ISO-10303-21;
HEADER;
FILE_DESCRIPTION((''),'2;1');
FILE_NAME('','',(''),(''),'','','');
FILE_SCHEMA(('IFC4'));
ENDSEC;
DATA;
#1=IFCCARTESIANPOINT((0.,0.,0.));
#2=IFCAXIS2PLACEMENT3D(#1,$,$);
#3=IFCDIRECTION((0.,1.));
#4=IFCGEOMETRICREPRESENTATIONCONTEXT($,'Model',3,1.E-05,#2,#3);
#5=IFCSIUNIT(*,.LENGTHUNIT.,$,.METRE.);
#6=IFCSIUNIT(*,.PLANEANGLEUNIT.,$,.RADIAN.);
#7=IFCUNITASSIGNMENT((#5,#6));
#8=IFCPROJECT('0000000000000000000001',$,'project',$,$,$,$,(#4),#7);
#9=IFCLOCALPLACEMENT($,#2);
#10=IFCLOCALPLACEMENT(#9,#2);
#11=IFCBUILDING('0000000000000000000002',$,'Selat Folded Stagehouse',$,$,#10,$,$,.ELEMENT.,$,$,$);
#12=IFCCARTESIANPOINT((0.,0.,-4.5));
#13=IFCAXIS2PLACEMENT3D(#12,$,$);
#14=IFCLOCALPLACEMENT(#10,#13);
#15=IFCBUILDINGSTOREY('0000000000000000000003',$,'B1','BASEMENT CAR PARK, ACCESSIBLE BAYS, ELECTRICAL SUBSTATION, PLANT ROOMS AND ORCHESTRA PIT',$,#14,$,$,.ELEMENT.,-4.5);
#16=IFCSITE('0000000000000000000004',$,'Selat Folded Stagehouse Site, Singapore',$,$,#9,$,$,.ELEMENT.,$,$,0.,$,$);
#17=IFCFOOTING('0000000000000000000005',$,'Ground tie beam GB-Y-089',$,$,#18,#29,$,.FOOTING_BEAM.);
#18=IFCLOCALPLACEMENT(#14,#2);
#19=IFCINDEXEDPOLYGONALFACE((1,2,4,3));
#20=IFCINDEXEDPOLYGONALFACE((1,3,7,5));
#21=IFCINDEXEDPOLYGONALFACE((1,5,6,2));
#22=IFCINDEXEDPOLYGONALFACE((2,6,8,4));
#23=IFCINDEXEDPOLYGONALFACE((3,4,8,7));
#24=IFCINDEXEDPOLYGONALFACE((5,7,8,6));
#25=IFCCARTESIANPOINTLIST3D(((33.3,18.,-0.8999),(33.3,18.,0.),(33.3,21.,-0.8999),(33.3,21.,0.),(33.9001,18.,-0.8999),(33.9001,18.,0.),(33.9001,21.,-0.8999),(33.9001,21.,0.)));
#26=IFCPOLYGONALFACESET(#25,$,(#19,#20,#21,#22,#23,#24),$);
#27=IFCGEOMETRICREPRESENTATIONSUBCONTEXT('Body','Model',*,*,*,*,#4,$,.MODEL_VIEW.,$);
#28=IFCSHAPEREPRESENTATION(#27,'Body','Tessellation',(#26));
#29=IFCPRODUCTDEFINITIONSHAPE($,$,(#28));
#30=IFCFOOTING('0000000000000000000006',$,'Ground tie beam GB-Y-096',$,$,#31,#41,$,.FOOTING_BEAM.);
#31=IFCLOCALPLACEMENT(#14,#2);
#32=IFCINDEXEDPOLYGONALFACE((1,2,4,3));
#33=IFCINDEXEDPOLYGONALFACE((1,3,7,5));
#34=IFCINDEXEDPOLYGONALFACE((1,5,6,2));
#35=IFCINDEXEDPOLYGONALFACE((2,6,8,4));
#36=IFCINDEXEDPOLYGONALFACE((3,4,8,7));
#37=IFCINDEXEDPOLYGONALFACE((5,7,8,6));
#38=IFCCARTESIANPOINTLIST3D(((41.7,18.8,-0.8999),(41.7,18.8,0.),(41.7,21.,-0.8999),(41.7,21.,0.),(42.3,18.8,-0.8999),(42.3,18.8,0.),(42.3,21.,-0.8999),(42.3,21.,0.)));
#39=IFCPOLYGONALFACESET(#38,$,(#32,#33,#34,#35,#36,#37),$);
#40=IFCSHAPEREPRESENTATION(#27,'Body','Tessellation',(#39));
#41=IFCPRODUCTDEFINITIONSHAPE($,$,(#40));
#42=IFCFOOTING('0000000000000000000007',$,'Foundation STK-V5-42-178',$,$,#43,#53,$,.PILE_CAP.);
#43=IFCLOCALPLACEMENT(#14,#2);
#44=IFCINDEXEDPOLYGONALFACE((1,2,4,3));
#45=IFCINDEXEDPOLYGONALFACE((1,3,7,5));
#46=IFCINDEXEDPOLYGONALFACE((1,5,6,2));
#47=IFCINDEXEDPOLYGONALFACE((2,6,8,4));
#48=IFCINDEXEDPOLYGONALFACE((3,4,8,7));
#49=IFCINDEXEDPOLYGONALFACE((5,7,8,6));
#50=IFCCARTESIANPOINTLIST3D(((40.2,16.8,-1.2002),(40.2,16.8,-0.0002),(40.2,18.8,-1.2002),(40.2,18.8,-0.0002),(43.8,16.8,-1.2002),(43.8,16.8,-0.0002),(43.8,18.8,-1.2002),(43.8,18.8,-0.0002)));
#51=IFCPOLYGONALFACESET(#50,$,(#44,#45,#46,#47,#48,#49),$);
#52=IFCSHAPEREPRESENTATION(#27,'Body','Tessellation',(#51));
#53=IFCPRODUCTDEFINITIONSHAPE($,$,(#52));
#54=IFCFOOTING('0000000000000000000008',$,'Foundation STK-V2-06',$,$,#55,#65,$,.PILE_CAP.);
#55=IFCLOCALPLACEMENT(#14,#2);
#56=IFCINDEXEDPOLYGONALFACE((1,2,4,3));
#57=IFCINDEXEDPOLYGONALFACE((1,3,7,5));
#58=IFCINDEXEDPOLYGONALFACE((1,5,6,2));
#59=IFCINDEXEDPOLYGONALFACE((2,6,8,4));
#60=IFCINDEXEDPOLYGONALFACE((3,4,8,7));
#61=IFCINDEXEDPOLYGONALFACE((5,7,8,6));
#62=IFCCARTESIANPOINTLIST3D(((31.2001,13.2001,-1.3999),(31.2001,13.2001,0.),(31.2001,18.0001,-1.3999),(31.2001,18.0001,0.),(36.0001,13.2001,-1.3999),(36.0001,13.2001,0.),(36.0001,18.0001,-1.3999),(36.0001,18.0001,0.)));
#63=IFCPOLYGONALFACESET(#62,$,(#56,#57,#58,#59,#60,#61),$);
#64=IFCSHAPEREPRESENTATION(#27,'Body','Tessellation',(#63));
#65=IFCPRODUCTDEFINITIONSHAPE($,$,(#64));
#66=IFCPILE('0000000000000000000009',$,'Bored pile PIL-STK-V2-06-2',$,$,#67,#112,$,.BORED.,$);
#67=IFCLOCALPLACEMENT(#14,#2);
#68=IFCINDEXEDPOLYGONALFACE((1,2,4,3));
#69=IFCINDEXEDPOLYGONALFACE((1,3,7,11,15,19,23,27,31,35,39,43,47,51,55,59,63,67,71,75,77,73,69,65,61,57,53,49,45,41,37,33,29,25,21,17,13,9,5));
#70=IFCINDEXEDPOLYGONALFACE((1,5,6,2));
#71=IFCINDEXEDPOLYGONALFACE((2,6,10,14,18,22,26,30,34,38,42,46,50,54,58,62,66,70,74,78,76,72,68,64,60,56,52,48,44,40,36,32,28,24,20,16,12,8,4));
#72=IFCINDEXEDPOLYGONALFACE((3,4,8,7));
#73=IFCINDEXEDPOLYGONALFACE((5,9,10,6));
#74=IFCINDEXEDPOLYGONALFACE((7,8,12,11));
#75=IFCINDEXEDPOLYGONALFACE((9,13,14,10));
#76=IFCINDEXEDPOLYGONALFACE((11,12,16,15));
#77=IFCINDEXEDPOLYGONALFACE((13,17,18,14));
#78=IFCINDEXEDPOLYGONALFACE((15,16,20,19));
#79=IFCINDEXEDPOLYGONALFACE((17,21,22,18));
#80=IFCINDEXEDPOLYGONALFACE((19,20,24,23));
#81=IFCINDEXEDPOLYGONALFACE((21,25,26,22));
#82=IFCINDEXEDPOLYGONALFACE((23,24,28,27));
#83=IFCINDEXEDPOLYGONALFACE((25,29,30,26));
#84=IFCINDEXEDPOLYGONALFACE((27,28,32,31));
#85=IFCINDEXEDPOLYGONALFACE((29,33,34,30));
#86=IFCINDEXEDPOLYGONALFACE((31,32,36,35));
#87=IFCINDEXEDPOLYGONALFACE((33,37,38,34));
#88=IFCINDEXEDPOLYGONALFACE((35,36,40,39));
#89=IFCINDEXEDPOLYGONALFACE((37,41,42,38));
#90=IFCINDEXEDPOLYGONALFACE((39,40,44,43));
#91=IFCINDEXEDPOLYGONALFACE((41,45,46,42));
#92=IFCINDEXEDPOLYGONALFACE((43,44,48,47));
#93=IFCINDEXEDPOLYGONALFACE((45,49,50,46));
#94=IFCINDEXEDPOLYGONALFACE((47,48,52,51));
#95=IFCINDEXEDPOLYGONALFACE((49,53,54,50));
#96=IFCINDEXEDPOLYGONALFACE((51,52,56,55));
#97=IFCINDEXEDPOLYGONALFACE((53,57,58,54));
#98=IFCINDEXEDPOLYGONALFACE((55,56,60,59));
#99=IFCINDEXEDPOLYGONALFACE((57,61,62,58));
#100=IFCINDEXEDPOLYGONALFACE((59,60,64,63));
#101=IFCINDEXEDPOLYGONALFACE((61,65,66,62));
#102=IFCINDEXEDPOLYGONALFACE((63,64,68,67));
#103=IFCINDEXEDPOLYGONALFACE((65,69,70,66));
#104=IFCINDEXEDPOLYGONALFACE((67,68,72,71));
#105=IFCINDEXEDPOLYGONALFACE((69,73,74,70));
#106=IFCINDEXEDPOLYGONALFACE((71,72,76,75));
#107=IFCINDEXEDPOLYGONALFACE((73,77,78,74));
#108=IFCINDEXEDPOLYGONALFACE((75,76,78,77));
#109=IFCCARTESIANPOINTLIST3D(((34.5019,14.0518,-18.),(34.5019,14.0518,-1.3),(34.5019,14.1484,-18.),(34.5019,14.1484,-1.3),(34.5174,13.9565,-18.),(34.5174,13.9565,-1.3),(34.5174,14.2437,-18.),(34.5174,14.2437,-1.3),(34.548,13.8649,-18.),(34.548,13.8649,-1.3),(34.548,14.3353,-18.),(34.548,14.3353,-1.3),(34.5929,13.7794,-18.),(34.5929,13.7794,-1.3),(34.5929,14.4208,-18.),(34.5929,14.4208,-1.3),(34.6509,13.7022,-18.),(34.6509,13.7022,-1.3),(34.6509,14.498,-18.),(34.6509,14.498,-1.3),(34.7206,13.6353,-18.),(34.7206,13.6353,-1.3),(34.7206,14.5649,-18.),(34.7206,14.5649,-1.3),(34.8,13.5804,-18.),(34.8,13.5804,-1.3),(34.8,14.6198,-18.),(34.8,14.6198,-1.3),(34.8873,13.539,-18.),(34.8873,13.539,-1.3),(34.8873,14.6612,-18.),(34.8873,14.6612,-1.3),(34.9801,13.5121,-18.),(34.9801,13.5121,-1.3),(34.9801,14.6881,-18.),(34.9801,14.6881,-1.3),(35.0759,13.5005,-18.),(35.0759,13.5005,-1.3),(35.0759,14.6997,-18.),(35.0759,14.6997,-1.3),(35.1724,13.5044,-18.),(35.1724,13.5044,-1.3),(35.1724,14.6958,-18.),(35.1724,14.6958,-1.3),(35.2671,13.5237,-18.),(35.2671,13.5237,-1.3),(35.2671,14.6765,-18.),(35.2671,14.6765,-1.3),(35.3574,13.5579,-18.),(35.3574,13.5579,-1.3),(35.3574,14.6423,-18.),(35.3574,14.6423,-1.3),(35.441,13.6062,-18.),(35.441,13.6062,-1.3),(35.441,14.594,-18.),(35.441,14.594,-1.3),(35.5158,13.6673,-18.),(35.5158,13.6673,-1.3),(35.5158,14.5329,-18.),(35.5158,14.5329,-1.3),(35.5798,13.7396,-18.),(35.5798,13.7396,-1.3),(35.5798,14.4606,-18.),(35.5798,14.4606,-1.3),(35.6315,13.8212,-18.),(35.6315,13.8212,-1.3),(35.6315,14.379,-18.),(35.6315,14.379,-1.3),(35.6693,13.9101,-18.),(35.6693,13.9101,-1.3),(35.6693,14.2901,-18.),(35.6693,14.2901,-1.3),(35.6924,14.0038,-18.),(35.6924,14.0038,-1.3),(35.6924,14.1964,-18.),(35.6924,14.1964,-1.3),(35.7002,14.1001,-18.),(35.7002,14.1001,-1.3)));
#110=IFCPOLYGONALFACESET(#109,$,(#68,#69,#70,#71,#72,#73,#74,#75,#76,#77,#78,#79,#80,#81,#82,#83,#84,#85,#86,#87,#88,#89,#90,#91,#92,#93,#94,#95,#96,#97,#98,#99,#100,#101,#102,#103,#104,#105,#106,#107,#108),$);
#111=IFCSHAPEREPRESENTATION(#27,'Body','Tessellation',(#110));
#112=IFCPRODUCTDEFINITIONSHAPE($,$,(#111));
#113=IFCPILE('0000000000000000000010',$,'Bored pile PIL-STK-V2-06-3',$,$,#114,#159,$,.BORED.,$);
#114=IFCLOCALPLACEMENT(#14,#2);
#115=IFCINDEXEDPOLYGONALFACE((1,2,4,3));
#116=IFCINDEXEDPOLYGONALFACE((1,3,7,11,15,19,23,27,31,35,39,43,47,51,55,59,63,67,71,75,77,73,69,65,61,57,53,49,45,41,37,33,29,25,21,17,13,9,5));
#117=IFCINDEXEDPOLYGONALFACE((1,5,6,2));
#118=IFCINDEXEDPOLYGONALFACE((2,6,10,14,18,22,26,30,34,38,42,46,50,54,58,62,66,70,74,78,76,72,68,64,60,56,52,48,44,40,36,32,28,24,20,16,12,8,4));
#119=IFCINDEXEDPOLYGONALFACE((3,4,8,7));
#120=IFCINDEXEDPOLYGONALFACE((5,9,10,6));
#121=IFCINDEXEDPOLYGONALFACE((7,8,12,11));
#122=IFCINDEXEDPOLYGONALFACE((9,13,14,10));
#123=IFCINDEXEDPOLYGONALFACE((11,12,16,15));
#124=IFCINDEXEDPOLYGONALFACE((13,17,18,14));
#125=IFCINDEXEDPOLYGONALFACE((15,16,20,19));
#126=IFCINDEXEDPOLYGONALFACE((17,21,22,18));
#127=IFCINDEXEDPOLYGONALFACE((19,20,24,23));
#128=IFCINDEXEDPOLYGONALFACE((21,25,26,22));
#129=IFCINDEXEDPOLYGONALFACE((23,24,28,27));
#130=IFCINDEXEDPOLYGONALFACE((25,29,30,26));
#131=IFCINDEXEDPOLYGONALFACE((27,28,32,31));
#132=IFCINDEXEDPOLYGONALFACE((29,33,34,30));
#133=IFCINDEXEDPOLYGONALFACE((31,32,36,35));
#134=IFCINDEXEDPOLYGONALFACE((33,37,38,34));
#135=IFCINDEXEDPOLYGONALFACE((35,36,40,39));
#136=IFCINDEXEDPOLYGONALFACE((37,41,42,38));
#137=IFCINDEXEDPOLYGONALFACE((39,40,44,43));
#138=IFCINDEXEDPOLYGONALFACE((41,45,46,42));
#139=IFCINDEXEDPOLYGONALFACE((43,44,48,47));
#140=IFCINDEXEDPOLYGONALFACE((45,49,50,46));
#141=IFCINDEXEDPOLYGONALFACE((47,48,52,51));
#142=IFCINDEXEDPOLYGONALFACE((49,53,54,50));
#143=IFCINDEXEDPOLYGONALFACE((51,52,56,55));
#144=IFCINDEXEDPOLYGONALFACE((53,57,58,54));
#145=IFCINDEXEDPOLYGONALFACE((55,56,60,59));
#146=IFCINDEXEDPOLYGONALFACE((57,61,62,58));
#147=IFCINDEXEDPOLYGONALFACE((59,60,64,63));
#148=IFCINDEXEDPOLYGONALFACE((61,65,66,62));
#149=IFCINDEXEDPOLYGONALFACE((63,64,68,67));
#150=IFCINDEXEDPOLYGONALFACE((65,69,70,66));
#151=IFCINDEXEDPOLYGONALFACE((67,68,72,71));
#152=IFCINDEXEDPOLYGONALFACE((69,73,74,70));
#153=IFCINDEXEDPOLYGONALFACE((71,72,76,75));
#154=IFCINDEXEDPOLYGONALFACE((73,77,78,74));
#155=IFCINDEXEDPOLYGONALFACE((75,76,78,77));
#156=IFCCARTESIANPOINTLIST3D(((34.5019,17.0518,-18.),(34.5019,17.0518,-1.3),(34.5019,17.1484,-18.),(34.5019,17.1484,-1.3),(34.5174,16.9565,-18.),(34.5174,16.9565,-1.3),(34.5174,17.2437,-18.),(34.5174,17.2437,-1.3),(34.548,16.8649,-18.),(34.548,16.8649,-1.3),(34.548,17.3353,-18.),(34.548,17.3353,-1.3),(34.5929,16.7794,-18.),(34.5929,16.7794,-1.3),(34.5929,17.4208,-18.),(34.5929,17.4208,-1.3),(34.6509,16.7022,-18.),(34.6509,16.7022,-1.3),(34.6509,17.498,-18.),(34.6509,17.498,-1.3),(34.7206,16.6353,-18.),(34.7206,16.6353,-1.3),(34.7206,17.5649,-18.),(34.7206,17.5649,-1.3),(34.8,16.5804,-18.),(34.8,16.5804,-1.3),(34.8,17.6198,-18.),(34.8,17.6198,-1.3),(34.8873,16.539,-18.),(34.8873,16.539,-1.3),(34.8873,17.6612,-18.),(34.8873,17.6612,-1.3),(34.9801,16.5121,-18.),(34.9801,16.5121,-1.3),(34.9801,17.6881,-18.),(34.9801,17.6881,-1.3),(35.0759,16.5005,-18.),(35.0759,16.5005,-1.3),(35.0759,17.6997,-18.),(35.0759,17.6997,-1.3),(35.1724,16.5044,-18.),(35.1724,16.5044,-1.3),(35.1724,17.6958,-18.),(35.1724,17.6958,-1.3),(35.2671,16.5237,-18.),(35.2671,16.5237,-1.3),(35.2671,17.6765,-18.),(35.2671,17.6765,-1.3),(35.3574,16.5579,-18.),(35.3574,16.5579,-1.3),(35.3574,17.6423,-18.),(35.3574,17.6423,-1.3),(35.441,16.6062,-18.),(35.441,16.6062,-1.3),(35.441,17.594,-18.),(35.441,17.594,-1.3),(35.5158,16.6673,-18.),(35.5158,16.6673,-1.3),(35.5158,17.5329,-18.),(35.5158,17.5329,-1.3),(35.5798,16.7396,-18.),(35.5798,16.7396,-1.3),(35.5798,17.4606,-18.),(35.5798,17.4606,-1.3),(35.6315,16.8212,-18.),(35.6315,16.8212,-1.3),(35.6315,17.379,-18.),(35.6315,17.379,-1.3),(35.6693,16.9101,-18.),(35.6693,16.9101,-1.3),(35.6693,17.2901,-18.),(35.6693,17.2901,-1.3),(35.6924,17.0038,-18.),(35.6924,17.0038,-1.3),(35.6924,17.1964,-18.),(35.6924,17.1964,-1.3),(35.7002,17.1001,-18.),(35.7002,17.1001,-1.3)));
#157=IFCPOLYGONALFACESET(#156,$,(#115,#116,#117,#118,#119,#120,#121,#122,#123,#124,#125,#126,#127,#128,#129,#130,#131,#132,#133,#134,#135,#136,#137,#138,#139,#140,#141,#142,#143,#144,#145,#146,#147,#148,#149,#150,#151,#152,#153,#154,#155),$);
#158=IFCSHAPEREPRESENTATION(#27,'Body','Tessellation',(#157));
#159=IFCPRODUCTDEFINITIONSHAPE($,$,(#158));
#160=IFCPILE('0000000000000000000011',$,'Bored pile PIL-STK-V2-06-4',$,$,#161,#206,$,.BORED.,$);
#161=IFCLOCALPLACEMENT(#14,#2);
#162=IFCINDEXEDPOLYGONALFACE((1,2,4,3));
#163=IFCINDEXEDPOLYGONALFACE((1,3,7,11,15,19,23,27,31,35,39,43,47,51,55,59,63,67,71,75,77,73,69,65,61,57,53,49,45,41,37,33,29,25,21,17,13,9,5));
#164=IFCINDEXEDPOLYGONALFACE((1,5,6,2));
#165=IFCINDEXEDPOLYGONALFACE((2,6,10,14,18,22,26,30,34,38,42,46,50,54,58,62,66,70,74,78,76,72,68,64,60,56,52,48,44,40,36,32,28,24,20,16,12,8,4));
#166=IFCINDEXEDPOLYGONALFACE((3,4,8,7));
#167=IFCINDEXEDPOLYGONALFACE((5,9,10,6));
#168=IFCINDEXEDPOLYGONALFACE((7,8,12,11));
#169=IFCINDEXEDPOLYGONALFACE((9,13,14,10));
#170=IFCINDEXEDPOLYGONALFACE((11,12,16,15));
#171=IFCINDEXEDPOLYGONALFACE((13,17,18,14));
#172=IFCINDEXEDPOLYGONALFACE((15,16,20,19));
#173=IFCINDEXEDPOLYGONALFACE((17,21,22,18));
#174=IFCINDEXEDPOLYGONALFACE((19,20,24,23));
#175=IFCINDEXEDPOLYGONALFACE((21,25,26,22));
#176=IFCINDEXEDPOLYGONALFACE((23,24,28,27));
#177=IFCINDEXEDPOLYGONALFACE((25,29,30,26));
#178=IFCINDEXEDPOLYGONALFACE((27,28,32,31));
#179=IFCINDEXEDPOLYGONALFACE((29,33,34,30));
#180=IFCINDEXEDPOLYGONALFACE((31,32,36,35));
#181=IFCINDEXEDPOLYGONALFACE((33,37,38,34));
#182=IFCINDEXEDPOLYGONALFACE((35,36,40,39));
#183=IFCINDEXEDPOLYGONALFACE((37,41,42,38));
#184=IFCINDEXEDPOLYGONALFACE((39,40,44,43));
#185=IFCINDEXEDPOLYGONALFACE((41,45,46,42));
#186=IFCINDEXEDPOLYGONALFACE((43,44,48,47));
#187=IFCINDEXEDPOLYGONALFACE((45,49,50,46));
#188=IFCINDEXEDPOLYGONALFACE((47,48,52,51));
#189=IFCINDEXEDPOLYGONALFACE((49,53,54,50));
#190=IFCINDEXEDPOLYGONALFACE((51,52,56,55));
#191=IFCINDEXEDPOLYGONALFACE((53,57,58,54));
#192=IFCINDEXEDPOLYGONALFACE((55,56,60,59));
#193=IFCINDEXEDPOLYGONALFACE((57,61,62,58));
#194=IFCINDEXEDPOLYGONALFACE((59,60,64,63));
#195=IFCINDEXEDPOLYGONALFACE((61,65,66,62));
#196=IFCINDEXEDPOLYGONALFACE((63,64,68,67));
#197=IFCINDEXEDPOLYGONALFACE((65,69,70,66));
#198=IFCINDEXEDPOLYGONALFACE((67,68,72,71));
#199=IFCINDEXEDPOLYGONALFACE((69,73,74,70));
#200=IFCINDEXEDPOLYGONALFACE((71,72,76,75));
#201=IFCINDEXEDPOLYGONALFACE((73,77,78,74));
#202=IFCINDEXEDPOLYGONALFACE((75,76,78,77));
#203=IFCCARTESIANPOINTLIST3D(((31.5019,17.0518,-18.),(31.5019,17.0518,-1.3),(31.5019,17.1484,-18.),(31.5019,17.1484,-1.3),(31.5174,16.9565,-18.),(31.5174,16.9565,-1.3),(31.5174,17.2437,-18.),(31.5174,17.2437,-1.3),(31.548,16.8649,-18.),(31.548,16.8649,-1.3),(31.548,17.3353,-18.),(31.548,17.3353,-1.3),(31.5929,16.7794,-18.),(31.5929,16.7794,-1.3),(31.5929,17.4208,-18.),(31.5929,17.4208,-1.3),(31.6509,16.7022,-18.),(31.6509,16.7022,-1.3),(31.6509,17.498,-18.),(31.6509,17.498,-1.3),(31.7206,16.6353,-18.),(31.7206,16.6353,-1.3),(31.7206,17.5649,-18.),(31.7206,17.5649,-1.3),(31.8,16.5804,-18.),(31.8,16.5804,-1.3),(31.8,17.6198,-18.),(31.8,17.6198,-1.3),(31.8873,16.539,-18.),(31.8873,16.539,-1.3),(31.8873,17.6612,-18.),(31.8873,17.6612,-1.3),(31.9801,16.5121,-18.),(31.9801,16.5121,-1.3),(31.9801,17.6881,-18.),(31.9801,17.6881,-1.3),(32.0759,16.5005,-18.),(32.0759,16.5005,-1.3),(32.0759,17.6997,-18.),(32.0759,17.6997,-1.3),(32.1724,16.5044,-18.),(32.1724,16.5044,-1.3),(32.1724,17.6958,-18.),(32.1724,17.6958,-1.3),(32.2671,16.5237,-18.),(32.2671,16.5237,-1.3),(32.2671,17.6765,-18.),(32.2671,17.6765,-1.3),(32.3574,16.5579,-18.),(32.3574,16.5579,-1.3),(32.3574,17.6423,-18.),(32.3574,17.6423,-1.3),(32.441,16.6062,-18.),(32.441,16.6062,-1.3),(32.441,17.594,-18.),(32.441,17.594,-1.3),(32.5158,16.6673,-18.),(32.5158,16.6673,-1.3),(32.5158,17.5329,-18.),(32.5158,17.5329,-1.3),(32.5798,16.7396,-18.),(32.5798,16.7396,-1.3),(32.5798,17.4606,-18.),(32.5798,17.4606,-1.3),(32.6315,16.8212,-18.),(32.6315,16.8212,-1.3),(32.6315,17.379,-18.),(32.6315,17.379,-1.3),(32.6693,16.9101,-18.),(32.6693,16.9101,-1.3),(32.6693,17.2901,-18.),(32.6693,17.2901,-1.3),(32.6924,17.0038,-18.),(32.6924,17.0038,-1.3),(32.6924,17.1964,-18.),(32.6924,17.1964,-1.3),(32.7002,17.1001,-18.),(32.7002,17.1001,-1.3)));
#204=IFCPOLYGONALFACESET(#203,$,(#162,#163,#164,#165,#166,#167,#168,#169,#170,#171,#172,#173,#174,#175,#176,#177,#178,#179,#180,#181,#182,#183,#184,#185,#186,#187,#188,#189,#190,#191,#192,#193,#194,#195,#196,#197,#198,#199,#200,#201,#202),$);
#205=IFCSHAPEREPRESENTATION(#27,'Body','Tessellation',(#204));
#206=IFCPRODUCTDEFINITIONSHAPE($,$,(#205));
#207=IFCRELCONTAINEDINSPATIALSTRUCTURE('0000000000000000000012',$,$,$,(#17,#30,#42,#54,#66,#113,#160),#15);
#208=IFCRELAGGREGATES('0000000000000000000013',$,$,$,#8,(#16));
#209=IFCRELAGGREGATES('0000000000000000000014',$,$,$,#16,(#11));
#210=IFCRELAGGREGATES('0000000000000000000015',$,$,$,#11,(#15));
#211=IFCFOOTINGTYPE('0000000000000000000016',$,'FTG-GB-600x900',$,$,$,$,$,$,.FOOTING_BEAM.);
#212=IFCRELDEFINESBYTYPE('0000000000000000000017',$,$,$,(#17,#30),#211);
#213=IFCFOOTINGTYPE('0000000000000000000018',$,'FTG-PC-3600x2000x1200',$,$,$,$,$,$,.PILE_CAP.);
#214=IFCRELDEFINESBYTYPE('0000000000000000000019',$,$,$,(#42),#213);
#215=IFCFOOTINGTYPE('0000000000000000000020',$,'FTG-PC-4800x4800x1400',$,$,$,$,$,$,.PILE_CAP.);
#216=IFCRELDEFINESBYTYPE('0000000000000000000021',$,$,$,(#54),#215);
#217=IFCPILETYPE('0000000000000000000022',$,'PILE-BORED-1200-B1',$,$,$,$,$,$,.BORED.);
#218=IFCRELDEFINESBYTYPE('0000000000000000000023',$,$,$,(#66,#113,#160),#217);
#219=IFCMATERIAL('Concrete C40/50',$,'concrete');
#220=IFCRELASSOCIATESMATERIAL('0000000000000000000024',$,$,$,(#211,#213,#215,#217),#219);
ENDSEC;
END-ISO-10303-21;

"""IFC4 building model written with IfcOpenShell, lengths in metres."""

from ifc_helpers import new_model, si_unit, direction, frame, origin, origin_2d, place, context, subcontext, project, spatial, rectangle, circle, extrude, material, material_profile, profile_set, type_object, element, save


model = new_model("IFC4")

# Units and contexts
model_context = context("Model", 3, precision=1e-05, world=origin(), true_north=direction((0.0, 1.0)))
body_context = subcontext(model_context, "Body", "Model", "MODEL_VIEW")
ifc_project = project(units=[si_unit("LENGTHUNIT", "METRE"), si_unit("PLANEANGLEUNIT", "RADIAN")], contexts=[model_context])

# Site, building, storey
site_placement = place(None, origin())
site = spatial("IfcSite", under=ifc_project, at=site_placement, Name="Selat Folded Stagehouse Site, Singapore", CompositionType="ELEMENT", RefElevation=0.0)
building_placement = place(site_placement, origin())
building = spatial("IfcBuilding", under=site, at=building_placement, Name="Selat Folded Stagehouse", CompositionType="ELEMENT")
storey_placement = place(building_placement, frame((0.0, 0.0, -4.5)))
storey = spatial("IfcBuildingStorey", under=building, at=storey_placement, Name="B1", Description="BASEMENT CAR PARK, ACCESSIBLE BAYS, ELECTRICAL SUBSTATION, PLANT ROOMS AND ORCHESTRA PIT", CompositionType="ELEMENT", Elevation=-4.5)

# Footings
ifc_material_1 = material(Name="Concrete C40/50", Category="concrete")
ifc_material_profile_1 = material_profile(ifc_material_1, rectangle(XDim=0.6001, YDim=0.8999, at=origin_2d()), Name="RC 900x600")
ifc_profile_set_1 = profile_set([ifc_material_profile_1], Name="Concrete C40/50")
footing_type_1 = type_object("IfcFootingType", Name="FTG-GB-600x900", PredefinedType="FOOTING_BEAM", material=ifc_profile_set_1)
footing_1_placement = place(storey_placement, frame((33.6001, 18.0, -0.45), z_axis=(0.0, 1.0, 0.0), x_axis=(-1.0, 0.0, 0.0)))
element("IfcFooting", 1, at=footing_1_placement, inside=storey, type_object=footing_type_1, Name="Ground tie beam GB-Y-089", PredefinedType="FOOTING_BEAM", context=body_context, shape_type="SweptSolid", body=[
    extrude(rectangle(XDim=0.6001, YDim=0.8999, at=origin_2d()), origin(), (0.0, 0.0, 1.0), 3.0),
])
footing_2_placement = place(storey_placement, frame((42.0, 18.8, -0.45), z_axis=(0.0, 1.0, 0.0), x_axis=(-1.0, 0.0, 0.0)))
element("IfcFooting", 2, at=footing_2_placement, inside=storey, type_object=footing_type_1, Name="Ground tie beam GB-Y-096", PredefinedType="FOOTING_BEAM", context=body_context, shape_type="SweptSolid", body=[
    extrude(rectangle(XDim=0.6001, YDim=0.8999, at=origin_2d()), origin(), (0.0, 0.0, 1.0), 2.2),
])
footing_type_2 = type_object("IfcFootingType", Name="FTG-PC-3600x2000x1200", PredefinedType="PILE_CAP", material=ifc_material_1)
footing_3_placement = place(storey_placement, frame((42.0, 17.8, -1.2002), z_axis=(0.0, 0.0, 1.0), x_axis=(1.0, 0.0, 0.0)))
element("IfcFooting", 3, at=footing_3_placement, inside=storey, type_object=footing_type_2, Name="Foundation STK-V5-42-178", PredefinedType="PILE_CAP", context=body_context, shape_type="SweptSolid", body=[
    extrude(rectangle(XDim=3.6001, YDim=2.0, at=origin_2d()), origin(), (0.0, 0.0, 1.0), 1.2),
])
footing_type_3 = type_object("IfcFootingType", Name="FTG-PC-4800x4800x1400", PredefinedType="PILE_CAP", material=ifc_material_1)
footing_4_placement = place(storey_placement, frame((33.6001, 15.6001, -1.3999), z_axis=(0.0, 0.0, 1.0), x_axis=(1.0, 0.0, 0.0)))
element("IfcFooting", 4, at=footing_4_placement, inside=storey, type_object=footing_type_3, Name="Foundation STK-V2-06", PredefinedType="PILE_CAP", context=body_context, shape_type="SweptSolid", body=[
    extrude(rectangle(XDim=4.8, YDim=4.8, at=origin_2d()), origin(), (0.0, 0.0, 1.0), 1.3999),
])

# Piles
ifc_material_profile_2 = material_profile(ifc_material_1, circle(Radius=0.6001, at=origin_2d()), Name="PILE D1200")
ifc_profile_set_2 = profile_set([ifc_material_profile_2], Name="Concrete C40/50")
pile_type_1 = type_object("IfcPileType", Name="PILE-BORED-1200-B1", PredefinedType="BORED", material=ifc_profile_set_2)
for number, where, z_axis, x_axis, name in (
    (5, (35.1001, 14.1001, -1.3), (0.0, 0.0, -1.0), (1.0, 0.0, 0.0), "Bored pile PIL-STK-V2-06-2"),
    (6, (35.1001, 17.1001, -1.3), (0.0, 0.0, -1.0), (1.0, 0.0, 0.0), "Bored pile PIL-STK-V2-06-3"),
    (7, (32.1001, 17.1001, -1.3), (0.0, 0.0, -1.0), (1.0, 0.0, 0.0), "Bored pile PIL-STK-V2-06-4"),
):
    element("IfcPile", number, at=place(storey_placement, frame(where, z_axis=z_axis, x_axis=x_axis)), inside=storey, type_object=pile_type_1, Name=name, PredefinedType="BORED", context=body_context, shape_type="SweptSolid", body=[
        extrude(circle(Radius=0.6001, at=origin_2d()), origin(), (0.0, 0.0, 1.0), 16.7),
    ])

save(model, "model.ifc")
